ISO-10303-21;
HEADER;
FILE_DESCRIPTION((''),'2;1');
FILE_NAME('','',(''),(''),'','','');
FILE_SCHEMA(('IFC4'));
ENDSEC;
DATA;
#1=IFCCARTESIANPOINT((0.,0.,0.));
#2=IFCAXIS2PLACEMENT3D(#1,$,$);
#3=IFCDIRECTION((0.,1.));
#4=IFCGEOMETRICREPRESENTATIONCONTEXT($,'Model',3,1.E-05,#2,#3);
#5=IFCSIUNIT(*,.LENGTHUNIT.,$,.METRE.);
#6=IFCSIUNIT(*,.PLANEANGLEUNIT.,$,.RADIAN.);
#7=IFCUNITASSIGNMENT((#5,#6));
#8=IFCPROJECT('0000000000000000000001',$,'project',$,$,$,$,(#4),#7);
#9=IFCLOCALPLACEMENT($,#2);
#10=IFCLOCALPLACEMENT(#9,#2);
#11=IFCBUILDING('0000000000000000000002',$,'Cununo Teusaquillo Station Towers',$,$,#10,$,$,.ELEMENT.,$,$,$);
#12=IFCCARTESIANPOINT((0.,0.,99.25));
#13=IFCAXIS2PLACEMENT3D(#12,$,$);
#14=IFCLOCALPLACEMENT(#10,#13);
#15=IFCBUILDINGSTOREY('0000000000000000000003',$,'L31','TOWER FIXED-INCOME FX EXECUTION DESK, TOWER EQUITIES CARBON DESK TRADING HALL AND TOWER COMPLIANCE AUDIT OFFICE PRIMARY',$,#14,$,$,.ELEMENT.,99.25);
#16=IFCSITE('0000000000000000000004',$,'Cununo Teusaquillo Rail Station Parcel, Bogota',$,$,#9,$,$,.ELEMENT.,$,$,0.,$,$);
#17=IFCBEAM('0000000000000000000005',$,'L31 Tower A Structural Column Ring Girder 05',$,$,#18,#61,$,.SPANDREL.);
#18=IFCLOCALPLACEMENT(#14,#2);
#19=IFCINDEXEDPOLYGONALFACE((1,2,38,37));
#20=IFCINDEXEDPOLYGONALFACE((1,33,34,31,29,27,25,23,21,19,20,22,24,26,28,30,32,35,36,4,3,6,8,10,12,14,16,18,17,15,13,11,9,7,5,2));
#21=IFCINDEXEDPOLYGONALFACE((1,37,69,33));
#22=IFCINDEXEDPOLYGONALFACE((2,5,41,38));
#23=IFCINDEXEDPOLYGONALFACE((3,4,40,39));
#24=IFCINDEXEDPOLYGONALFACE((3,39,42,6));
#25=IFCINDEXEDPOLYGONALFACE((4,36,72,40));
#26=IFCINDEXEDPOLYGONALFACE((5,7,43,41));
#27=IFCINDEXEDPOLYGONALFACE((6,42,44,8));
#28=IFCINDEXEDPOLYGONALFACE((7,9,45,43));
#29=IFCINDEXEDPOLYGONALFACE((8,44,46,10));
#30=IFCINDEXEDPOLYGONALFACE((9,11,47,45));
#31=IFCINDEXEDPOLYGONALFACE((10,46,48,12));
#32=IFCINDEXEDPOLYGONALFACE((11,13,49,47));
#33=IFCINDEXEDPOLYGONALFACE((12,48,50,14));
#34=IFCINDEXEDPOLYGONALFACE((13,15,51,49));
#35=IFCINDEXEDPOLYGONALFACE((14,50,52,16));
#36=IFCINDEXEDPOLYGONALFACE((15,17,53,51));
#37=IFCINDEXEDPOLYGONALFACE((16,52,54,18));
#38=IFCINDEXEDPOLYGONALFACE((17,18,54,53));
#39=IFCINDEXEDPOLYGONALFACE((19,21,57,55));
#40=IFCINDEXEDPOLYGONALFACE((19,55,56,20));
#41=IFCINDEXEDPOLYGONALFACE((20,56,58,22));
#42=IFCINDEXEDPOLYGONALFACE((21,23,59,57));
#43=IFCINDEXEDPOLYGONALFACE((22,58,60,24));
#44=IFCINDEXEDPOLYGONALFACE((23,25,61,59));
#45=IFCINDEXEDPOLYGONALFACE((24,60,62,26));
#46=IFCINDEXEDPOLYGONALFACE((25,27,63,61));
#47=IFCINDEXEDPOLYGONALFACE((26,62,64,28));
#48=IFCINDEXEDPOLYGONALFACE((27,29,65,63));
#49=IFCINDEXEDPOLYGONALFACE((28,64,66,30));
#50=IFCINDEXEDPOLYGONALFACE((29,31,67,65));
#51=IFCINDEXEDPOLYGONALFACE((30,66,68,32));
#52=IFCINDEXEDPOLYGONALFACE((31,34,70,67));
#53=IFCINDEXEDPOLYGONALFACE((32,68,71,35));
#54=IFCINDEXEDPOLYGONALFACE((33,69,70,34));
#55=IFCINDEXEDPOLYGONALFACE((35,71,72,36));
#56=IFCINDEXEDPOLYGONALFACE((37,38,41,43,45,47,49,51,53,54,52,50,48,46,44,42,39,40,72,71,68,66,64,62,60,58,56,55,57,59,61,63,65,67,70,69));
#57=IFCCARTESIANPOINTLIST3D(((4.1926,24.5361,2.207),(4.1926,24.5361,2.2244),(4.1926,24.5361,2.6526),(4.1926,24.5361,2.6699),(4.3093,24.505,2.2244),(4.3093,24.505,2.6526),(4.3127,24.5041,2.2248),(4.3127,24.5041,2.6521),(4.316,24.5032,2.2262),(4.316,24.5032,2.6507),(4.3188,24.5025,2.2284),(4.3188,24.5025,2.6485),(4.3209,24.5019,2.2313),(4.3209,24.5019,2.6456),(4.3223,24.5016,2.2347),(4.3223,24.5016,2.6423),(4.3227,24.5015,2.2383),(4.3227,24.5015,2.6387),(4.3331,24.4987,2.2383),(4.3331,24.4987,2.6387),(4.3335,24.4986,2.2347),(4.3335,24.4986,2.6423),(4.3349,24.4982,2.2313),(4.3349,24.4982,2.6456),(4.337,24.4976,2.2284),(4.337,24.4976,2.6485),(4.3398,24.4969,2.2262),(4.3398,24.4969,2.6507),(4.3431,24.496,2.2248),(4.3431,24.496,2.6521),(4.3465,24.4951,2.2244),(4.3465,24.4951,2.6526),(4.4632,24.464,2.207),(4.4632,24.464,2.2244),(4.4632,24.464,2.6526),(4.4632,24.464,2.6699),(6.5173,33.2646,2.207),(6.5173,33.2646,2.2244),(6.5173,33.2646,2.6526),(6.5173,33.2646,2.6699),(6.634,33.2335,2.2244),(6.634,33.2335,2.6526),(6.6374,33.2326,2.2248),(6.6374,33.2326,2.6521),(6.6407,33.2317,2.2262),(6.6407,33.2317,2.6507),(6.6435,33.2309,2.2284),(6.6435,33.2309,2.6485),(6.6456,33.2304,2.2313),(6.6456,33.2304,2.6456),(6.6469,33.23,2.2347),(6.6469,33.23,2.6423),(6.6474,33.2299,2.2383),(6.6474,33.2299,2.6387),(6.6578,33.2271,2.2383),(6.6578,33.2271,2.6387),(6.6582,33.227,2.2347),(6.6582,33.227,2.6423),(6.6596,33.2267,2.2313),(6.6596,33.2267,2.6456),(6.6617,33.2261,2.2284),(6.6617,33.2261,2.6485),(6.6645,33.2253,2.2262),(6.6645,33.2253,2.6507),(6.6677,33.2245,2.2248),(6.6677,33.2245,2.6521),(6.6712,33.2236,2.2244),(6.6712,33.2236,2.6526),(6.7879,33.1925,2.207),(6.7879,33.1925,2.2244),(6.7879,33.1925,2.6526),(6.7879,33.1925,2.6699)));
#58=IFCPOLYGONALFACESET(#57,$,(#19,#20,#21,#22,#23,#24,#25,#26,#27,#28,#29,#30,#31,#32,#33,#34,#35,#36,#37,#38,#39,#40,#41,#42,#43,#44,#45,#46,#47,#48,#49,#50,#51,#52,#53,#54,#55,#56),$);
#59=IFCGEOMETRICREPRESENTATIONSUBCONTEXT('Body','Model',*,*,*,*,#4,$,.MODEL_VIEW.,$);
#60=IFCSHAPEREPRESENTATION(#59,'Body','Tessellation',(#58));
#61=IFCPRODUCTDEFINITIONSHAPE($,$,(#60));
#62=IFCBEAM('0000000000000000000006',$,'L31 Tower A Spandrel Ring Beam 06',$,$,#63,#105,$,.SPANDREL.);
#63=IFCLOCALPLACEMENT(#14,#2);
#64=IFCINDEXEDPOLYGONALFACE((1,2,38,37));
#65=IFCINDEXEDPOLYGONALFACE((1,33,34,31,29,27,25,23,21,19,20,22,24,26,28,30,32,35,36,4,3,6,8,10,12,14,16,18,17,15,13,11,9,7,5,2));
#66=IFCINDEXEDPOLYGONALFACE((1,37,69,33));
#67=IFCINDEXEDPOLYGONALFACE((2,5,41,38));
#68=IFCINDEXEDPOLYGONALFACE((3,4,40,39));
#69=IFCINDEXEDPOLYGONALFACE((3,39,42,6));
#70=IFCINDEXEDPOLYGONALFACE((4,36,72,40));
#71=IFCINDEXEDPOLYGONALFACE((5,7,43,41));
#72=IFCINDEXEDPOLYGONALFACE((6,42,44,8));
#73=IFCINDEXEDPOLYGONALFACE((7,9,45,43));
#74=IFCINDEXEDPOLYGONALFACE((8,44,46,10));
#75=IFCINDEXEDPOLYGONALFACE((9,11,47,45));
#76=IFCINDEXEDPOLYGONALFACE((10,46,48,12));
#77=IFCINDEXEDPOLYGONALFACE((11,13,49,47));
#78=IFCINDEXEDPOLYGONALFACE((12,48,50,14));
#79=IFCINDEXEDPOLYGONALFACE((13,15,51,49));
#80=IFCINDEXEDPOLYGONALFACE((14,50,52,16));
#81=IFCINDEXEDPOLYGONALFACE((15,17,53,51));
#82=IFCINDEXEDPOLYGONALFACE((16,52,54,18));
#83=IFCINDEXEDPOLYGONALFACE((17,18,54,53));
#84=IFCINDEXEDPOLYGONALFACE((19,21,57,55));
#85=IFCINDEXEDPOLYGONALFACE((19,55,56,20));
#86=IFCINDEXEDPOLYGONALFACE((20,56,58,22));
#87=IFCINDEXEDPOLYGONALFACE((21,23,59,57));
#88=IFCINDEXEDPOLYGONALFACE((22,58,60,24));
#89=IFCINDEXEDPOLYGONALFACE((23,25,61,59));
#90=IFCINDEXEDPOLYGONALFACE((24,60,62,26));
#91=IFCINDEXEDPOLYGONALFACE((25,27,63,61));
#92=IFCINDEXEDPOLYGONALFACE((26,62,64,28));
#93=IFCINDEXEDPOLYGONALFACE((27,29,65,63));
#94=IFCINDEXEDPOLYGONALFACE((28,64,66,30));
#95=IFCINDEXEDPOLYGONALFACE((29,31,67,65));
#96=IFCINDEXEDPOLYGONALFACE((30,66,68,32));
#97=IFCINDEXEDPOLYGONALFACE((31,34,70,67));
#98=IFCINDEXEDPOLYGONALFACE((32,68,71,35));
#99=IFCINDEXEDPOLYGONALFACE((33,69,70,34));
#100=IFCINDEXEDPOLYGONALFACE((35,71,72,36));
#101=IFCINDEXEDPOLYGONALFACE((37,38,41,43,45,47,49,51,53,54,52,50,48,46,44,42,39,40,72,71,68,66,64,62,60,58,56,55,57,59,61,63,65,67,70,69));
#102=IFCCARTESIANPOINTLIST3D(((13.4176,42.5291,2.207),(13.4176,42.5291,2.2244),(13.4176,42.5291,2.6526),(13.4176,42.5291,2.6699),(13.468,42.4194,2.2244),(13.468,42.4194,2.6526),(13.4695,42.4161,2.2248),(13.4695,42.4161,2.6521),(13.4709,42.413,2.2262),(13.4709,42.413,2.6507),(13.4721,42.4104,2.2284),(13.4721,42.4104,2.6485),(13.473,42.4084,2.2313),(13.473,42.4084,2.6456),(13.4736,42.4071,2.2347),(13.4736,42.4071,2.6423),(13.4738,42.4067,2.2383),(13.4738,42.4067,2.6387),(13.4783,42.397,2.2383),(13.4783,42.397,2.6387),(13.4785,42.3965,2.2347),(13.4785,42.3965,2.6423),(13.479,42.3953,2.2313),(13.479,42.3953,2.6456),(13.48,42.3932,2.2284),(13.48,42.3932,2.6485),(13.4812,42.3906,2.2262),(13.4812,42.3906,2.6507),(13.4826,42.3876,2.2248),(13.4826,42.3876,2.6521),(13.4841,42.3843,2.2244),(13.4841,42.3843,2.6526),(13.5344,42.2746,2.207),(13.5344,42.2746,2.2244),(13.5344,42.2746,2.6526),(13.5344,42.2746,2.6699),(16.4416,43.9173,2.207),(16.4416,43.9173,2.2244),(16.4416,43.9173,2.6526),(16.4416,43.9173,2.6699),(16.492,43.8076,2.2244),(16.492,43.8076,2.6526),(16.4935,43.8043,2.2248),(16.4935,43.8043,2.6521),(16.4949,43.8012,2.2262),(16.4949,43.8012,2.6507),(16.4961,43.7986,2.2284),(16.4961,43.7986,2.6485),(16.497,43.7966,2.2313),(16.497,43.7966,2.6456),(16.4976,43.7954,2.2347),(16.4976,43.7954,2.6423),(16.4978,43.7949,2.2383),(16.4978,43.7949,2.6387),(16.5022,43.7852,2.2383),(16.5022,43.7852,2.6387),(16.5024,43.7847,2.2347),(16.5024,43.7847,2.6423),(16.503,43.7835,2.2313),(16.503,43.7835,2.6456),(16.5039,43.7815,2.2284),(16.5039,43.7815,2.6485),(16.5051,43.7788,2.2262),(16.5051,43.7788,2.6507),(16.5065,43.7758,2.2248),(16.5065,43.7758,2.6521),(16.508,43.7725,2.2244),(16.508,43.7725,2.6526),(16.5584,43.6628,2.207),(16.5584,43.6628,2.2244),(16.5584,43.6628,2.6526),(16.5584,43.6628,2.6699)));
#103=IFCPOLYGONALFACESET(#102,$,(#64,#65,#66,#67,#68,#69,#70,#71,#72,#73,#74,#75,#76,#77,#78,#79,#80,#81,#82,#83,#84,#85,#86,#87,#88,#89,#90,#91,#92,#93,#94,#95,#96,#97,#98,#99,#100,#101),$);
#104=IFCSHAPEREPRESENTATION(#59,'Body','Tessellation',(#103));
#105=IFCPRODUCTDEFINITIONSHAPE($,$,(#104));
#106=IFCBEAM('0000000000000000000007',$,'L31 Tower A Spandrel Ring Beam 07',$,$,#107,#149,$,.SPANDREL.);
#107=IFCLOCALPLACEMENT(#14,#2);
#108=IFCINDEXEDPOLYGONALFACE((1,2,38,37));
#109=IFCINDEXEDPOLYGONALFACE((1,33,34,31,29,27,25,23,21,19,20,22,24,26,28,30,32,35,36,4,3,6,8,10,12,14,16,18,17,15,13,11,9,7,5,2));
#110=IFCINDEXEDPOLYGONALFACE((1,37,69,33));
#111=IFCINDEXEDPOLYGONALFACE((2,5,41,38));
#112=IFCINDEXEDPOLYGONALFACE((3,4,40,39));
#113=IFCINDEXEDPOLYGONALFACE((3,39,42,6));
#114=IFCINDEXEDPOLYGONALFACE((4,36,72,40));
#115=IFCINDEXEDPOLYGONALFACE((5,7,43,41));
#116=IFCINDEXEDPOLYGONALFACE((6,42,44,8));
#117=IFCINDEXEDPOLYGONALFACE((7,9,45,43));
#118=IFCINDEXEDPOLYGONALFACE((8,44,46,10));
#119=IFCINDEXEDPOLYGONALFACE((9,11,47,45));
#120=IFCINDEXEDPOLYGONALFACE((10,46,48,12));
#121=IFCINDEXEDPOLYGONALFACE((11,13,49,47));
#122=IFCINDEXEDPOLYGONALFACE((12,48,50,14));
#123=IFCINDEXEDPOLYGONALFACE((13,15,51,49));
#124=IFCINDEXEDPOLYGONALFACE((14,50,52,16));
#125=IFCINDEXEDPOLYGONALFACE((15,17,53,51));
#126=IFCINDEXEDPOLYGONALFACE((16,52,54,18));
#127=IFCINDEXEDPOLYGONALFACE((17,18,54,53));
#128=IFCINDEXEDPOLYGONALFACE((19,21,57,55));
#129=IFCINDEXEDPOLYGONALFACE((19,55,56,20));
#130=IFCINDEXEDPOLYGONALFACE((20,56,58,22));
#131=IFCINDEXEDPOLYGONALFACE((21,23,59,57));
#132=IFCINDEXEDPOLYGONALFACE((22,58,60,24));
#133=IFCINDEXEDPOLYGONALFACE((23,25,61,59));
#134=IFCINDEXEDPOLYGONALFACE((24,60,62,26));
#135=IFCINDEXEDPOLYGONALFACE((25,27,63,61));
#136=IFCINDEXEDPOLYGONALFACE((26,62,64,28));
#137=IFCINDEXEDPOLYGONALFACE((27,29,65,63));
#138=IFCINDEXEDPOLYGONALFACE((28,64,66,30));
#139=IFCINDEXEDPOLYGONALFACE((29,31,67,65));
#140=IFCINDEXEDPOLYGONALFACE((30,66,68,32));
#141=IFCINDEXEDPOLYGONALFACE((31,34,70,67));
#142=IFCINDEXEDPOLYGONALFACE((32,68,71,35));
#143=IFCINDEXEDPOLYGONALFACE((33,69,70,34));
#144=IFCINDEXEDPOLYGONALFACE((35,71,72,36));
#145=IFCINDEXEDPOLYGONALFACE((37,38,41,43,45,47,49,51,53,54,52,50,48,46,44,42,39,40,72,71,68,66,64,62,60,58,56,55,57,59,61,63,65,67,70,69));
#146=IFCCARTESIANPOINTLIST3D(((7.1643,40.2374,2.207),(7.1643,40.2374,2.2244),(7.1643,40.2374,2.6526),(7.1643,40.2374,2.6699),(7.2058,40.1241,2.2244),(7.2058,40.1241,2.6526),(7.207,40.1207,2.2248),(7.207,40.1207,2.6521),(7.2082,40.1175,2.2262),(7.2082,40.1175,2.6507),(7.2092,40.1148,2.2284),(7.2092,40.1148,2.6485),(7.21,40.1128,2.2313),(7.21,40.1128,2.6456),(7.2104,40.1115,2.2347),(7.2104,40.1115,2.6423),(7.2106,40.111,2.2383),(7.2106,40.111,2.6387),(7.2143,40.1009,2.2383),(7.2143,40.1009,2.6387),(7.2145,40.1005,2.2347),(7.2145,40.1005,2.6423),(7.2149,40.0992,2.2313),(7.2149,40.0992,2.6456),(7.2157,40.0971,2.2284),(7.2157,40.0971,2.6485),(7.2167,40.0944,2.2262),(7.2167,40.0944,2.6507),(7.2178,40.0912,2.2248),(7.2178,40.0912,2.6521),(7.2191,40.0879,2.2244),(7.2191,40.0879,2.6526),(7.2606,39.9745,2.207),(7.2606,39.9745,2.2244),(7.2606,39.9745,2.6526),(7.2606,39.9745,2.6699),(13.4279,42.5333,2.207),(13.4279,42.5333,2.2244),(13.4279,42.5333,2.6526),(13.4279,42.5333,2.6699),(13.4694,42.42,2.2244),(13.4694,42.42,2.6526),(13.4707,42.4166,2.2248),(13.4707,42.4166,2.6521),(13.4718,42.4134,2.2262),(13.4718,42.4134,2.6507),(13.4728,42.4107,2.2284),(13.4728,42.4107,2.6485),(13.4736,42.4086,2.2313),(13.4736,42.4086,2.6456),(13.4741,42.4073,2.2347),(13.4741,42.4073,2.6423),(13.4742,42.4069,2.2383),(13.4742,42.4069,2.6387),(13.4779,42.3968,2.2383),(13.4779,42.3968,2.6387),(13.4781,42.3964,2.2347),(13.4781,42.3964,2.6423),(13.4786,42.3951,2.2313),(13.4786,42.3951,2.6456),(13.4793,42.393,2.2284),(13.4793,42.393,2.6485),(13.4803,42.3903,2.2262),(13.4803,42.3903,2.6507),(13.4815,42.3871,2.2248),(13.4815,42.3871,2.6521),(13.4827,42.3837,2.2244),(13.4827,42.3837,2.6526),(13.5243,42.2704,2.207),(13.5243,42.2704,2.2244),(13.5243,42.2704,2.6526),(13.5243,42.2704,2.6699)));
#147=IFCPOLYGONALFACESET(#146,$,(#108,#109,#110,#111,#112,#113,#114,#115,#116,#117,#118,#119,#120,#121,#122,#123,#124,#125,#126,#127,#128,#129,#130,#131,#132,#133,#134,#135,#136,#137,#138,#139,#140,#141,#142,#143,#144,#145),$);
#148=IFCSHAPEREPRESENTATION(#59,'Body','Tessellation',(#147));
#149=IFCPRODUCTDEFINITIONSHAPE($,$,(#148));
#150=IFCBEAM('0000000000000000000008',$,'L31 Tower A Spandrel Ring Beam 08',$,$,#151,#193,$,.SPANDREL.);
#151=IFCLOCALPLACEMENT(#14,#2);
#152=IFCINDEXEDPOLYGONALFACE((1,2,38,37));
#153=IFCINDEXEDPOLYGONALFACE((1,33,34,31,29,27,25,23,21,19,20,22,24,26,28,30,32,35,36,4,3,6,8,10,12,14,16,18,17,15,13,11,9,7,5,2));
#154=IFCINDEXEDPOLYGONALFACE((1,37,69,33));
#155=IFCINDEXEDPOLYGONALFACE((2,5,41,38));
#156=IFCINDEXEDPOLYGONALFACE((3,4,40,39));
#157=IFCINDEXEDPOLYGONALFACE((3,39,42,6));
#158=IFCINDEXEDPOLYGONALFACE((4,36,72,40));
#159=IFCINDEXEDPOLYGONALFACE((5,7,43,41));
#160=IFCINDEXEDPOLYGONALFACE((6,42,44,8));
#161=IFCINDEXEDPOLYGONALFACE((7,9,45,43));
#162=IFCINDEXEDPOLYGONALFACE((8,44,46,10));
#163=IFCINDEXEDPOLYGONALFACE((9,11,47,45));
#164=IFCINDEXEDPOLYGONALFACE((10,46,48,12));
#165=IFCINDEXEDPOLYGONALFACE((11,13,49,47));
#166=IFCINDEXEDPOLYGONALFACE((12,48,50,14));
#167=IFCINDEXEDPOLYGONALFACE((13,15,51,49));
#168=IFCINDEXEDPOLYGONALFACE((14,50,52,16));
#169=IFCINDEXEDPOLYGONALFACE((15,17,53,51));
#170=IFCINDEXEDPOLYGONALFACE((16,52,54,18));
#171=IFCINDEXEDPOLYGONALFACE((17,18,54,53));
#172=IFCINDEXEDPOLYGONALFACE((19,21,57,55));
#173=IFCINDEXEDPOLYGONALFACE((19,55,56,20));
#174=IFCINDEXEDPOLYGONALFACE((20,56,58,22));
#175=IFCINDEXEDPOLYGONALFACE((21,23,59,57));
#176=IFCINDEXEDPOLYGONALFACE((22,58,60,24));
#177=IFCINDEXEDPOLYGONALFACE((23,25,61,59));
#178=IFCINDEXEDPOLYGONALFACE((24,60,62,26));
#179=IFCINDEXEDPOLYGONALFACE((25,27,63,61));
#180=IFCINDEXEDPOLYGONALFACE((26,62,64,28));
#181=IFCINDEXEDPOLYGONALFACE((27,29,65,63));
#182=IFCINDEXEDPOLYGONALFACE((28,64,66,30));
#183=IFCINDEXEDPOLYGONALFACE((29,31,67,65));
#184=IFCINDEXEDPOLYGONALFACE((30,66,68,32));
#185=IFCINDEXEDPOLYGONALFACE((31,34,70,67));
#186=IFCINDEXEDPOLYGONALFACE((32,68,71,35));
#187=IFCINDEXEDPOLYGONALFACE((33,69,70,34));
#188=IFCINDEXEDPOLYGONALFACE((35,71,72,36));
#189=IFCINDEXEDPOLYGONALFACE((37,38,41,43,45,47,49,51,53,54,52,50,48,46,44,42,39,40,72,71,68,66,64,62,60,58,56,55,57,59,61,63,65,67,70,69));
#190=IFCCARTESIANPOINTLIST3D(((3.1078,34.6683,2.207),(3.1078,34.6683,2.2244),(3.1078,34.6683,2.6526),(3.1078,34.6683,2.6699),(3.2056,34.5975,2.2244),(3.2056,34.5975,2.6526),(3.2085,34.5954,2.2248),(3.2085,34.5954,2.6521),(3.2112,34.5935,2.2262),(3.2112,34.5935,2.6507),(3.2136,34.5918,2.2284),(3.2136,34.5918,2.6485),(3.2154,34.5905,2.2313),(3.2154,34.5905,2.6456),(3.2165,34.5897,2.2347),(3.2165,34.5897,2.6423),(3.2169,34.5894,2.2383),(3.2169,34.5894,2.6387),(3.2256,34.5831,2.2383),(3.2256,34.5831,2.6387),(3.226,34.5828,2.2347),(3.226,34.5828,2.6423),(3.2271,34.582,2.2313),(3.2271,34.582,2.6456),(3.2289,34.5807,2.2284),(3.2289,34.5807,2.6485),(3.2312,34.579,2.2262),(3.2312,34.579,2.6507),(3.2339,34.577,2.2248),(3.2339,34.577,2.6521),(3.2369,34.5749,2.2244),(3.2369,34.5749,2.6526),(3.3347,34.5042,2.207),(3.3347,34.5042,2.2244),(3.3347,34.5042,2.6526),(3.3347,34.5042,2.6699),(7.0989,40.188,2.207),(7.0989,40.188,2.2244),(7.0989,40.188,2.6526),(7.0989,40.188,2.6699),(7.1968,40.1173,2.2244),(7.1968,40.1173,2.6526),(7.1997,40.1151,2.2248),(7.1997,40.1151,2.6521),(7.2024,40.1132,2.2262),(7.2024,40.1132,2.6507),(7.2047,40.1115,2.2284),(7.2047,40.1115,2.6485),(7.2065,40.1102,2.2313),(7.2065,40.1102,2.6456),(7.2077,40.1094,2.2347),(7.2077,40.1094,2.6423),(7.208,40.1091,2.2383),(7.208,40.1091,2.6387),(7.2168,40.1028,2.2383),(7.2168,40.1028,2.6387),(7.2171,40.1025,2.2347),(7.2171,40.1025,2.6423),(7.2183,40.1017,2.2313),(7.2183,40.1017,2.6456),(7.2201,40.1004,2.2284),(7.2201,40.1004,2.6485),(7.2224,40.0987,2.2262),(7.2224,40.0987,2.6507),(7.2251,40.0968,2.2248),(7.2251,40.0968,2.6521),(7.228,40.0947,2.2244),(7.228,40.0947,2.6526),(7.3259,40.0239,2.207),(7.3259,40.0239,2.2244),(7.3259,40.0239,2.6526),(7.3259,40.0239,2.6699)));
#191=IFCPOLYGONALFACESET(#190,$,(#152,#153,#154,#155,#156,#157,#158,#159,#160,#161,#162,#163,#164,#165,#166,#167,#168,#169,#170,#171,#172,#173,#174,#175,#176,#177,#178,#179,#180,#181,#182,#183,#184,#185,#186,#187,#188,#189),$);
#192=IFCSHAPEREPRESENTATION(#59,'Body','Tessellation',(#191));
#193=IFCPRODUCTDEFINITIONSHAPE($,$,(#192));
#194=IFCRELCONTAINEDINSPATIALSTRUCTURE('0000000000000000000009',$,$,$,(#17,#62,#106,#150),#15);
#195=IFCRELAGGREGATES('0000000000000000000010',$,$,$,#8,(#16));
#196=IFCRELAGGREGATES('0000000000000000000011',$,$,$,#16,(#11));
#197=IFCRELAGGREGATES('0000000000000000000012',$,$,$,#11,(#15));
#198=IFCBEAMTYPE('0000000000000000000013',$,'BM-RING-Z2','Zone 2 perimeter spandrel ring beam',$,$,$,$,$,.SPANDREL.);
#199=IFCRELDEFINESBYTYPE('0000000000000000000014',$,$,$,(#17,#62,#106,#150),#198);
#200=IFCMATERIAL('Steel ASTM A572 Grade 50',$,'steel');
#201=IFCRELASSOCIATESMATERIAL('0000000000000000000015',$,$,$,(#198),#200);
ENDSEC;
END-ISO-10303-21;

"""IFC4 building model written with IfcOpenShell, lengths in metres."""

from ifc_helpers import new_model, si_unit, direction, frame, origin, origin_2d, place, context, subcontext, project, spatial, i_section, extrude, material, material_profile, profile_set, type_object, element, save


model = new_model("IFC4")

# Units and contexts
model_context = context("Model", 3, precision=1e-05, world=origin(), true_north=direction((0.0, 1.0)))
body_context = subcontext(model_context, "Body", "Model", "MODEL_VIEW")
ifc_project = project(units=[si_unit("LENGTHUNIT", "METRE"), si_unit("PLANEANGLEUNIT", "RADIAN")], contexts=[model_context])

# Site, building, storey
site_placement = place(None, origin())
site = spatial("IfcSite", under=ifc_project, at=site_placement, Name="Cununo Teusaquillo Rail Station Parcel, Bogota", CompositionType="ELEMENT", RefElevation=0.0)
building_placement = place(site_placement, origin())
building = spatial("IfcBuilding", under=site, at=building_placement, Name="Cununo Teusaquillo Station Towers", CompositionType="ELEMENT")
storey_placement = place(building_placement, frame((0.0, 0.0, 99.25)))
storey = spatial("IfcBuildingStorey", under=building, at=storey_placement, Name="L31", Description="TOWER FIXED-INCOME FX EXECUTION DESK, TOWER EQUITIES CARBON DESK TRADING HALL AND TOWER COMPLIANCE AUDIT OFFICE PRIMARY", CompositionType="ELEMENT", Elevation=99.25)

# Beams
ifc_material_1 = material(Name="Steel ASTM A572 Grade 50", Category="steel")
ifc_material_profile_1 = material_profile(ifc_material_1, i_section(OverallWidth=0.28, OverallDepth=0.4629, WebThickness=0.0107, FlangeThickness=0.0173, FilletRadius=0.0139, at=origin_2d()), Name="W18X76")
ifc_profile_set_1 = profile_set([ifc_material_profile_1], Name="Steel ASTM A572 Grade 50")
beam_type_1 = type_object("IfcBeamType", Name="BM-RING-Z2", Description="Zone 2 perimeter spandrel ring beam", PredefinedType="SPANDREL", material=ifc_profile_set_1)
beam_1_placement = place(storey_placement, frame((6.6526, 33.2285, 2.4385), z_axis=(-0.257363, -0.966315, 0.0), x_axis=(0.966315, -0.257363, 0.0)))
element("IfcBeam", 1, at=beam_1_placement, inside=storey, type_object=beam_type_1, Name="L31 Tower A Structural Column Ring Girder 05", PredefinedType="SPANDREL", context=body_context, shape_type="SweptSolid", body=[
    extrude(i_section(OverallWidth=0.28, OverallDepth=0.4629, WebThickness=0.0107, FlangeThickness=0.0173, FilletRadius=0.0139, at=origin_2d()), origin(), (0.0, 0.0, 1.0), 9.0327),
])
beam_2_placement = place(storey_placement, frame((16.5, 43.79, 2.4385), z_axis=(-0.908812, -0.417205, 0.0), x_axis=(0.417205, -0.908812, 0.0)))
element("IfcBeam", 2, at=beam_2_placement, inside=storey, type_object=beam_type_1, Name="L31 Tower A Spandrel Ring Beam 06", PredefinedType="SPANDREL", context=body_context, shape_type="SweptSolid", body=[
    extrude(i_section(OverallWidth=0.28, OverallDepth=0.4629, WebThickness=0.0107, FlangeThickness=0.0173, FilletRadius=0.0139, at=origin_2d()), origin(), (0.0, 0.0, 1.0), 3.3274),
])
beam_3_placement = place(storey_placement, frame((13.4761, 42.4019, 2.4385), z_axis=(-0.938914, -0.344151, 0.0), x_axis=(0.344151, -0.938914, 0.0)))
element("IfcBeam", 3, at=beam_3_placement, inside=storey, type_object=beam_type_1, Name="L31 Tower A Spandrel Ring Beam 07", PredefinedType="SPANDREL", context=body_context, shape_type="SweptSolid", body=[
    extrude(i_section(OverallWidth=0.28, OverallDepth=0.4629, WebThickness=0.0107, FlangeThickness=0.0173, FilletRadius=0.0139, at=origin_2d()), origin(), (0.0, 0.0, 1.0), 6.6711),
])
beam_4_placement = place(storey_placement, frame((7.2124, 40.106, 2.4385), z_axis=(-0.585945, -0.810351, 0.0), x_axis=(0.810351, -0.585945, 0.0)))
element("IfcBeam", 4, at=beam_4_placement, inside=storey, type_object=beam_type_1, Name="L31 Tower A Spandrel Ring Beam 08", PredefinedType="SPANDREL", context=body_context, shape_type="SweptSolid", body=[
    extrude(i_section(OverallWidth=0.28, OverallDepth=0.4629, WebThickness=0.0107, FlangeThickness=0.0173, FilletRadius=0.0139, at=origin_2d()), origin(), (0.0, 0.0, 1.0), 6.8115),
])

save(model, "model.ifc")
